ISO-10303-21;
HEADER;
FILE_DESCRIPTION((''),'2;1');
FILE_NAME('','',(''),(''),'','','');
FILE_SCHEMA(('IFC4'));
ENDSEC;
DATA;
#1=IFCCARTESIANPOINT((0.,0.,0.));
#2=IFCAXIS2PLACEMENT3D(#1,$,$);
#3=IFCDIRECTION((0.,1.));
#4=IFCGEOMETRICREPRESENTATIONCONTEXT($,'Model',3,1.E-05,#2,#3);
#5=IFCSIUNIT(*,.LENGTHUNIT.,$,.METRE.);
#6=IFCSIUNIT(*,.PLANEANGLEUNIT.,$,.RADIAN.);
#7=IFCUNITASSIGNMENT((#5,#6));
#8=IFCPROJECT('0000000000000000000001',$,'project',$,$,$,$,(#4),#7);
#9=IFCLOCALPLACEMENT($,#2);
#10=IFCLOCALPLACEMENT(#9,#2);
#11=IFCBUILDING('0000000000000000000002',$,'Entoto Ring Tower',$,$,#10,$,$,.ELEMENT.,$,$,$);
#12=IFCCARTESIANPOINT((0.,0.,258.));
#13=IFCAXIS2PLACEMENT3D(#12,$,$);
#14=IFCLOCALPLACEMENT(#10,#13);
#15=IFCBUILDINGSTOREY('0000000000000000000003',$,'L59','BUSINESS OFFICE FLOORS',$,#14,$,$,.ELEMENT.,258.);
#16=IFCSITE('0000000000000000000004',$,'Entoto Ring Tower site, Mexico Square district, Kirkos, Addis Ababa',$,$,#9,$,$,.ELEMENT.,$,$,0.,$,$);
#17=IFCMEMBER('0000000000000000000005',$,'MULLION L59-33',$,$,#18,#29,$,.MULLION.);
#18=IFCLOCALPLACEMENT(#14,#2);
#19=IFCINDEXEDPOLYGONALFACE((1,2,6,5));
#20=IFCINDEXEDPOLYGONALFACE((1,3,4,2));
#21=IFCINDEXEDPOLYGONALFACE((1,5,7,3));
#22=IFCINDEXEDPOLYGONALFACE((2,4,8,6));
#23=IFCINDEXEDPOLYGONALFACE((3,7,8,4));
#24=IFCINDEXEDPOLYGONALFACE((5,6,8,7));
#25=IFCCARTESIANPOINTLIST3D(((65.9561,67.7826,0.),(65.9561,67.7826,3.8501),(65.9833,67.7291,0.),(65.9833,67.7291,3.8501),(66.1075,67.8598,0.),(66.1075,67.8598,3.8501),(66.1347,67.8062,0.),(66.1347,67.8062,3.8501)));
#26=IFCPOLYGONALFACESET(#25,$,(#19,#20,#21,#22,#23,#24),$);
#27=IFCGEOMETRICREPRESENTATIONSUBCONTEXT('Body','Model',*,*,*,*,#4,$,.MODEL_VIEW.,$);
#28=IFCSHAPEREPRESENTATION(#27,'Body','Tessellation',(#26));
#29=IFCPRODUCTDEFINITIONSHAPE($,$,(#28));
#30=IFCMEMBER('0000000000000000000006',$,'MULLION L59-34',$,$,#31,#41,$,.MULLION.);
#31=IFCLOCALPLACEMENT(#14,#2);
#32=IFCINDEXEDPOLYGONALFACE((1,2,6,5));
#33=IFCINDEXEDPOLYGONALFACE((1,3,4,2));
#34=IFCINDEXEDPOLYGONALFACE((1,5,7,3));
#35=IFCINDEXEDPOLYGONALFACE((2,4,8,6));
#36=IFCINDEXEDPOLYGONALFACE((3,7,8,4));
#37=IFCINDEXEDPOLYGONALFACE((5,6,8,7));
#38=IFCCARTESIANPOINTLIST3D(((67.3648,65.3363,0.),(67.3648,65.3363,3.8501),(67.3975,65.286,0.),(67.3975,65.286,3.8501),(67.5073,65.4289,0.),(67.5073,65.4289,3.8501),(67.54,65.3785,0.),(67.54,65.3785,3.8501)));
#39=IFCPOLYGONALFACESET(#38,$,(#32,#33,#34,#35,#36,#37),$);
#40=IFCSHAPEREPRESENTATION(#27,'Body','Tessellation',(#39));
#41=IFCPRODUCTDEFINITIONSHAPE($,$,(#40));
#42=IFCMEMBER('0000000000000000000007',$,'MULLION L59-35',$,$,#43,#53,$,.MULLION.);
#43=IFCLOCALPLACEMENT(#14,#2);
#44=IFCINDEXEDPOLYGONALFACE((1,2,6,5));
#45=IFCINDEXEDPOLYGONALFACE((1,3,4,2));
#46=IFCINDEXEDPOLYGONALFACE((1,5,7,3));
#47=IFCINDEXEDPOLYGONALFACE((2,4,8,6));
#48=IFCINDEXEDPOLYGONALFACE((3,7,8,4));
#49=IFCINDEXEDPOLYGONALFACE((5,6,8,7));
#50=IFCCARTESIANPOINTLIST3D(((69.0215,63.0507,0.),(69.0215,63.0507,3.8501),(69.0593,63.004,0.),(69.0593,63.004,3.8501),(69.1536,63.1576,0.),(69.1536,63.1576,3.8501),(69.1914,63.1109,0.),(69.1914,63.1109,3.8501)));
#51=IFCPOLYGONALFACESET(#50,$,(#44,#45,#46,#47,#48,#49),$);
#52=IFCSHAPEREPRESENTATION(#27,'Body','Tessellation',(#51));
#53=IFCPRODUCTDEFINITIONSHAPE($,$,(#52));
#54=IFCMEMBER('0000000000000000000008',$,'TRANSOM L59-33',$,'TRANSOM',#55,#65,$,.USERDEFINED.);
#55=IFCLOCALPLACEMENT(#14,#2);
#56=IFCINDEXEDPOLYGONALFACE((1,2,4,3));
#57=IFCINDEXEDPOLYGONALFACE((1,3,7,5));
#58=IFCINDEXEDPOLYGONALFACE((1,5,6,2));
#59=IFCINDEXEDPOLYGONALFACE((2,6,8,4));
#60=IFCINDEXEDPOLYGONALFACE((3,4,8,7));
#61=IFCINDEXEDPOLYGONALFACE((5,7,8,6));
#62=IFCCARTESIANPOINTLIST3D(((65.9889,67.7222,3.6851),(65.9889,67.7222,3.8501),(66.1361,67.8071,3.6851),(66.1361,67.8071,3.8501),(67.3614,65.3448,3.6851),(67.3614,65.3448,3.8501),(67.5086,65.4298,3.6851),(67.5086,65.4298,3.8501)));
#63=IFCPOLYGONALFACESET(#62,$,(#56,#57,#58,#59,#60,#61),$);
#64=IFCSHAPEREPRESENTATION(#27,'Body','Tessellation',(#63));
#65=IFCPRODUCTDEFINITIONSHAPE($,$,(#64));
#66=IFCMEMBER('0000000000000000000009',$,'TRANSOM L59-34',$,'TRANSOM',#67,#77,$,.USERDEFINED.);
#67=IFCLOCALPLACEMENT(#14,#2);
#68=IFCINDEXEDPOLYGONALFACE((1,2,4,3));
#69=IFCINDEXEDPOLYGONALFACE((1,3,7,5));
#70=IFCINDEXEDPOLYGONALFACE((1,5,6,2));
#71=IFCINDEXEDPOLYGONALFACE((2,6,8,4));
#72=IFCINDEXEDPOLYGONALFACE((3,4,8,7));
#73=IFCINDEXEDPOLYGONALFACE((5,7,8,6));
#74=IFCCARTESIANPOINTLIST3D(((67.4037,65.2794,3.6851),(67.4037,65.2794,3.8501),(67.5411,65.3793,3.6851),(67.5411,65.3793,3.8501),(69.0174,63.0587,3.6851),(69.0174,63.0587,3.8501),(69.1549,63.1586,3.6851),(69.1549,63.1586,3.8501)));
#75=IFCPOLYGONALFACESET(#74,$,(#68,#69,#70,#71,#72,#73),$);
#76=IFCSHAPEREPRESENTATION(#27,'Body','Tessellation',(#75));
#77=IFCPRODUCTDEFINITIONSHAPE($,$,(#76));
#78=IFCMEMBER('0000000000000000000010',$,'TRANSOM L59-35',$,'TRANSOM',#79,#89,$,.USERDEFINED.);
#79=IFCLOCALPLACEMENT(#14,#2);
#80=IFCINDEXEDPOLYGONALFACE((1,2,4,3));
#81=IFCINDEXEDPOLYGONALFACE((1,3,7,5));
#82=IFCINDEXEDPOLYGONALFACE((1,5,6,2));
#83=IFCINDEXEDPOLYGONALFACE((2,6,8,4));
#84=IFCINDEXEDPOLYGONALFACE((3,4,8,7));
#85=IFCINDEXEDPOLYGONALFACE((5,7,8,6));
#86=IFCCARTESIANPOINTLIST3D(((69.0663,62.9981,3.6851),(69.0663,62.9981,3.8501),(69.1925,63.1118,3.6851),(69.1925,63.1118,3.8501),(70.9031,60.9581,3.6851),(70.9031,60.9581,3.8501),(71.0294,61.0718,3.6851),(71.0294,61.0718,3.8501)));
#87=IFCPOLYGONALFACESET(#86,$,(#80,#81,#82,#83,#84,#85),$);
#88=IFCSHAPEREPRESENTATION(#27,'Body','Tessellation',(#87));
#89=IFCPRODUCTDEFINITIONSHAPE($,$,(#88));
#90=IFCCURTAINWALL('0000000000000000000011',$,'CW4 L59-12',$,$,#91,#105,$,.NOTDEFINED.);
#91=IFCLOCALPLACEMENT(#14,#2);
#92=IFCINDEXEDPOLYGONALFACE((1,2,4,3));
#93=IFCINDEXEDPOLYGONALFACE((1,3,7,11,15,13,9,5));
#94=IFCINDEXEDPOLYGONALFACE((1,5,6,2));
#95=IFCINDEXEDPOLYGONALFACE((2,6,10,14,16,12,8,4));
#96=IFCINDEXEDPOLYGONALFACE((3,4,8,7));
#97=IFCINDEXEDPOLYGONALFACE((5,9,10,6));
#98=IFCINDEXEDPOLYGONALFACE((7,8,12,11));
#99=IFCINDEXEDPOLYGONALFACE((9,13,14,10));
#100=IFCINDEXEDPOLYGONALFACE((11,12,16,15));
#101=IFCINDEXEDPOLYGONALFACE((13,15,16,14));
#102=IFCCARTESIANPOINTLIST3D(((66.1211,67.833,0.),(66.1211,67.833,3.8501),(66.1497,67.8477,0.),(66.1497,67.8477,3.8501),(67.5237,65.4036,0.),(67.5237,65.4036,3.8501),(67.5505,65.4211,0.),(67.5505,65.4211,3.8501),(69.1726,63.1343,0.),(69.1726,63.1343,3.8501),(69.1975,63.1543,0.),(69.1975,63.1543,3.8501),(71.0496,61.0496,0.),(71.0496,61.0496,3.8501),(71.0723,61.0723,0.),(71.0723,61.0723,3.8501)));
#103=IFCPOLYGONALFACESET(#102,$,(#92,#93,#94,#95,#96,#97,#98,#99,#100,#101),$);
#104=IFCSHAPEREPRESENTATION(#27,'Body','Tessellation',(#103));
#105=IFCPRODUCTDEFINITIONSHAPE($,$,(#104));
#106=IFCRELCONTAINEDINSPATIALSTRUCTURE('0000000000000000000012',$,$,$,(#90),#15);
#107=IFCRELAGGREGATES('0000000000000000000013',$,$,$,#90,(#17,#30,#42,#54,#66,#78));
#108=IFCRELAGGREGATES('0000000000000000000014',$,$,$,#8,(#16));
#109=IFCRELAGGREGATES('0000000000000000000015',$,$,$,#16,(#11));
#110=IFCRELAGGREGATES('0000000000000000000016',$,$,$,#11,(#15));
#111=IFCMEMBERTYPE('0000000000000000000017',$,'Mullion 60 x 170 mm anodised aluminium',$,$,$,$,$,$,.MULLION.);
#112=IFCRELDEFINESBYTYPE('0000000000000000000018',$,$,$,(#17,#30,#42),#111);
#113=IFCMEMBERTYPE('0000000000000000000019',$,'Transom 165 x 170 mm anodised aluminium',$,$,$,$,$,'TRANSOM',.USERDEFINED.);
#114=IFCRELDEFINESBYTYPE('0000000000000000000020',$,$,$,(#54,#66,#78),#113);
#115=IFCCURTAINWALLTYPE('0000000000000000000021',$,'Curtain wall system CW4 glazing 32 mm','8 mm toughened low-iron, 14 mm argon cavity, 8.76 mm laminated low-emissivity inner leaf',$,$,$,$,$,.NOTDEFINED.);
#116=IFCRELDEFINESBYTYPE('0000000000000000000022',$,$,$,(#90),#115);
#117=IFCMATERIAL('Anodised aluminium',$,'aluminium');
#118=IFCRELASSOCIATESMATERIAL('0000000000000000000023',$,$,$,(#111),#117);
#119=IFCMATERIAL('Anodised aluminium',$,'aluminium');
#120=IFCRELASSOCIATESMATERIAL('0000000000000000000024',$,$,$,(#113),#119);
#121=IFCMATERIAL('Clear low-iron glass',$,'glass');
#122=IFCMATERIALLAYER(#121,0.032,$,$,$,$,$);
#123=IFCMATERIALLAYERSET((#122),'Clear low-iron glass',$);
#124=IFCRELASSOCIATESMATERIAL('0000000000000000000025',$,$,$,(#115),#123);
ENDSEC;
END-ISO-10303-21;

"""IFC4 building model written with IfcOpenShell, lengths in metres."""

from ifc_helpers import new_model, si_unit, direction, frame, origin, origin_2d, place, context, subcontext, project, spatial, polyline, rectangle, outline, extrude, material, layer, layer_set, material_profile, profile_set, type_object, element, aggregate, save


model = new_model("IFC4")

# Units and contexts
model_context = context("Model", 3, precision=1e-05, world=origin(), true_north=direction((0.0, 1.0)))
body_context = subcontext(model_context, "Body", "Model", "MODEL_VIEW")
ifc_project = project(units=[si_unit("LENGTHUNIT", "METRE"), si_unit("PLANEANGLEUNIT", "RADIAN")], contexts=[model_context])

# Members
ifc_material_1 = material(Name="Anodised aluminium", Category="aluminium")
ifc_material_profile_1 = material_profile(ifc_material_1, rectangle(XDim=0.0601, YDim=0.1699, at=origin_2d()), Name="Mullion 60 x 170 mm anodised aluminium")
ifc_profile_set_1 = profile_set([ifc_material_profile_1], Name="Anodised aluminium")
member_type_1 = type_object("IfcMemberType", Name="Mullion 60 x 170 mm anodised aluminium", PredefinedType="MULLION", material=ifc_profile_set_1)
site_placement = place(None, origin())
building_placement = place(site_placement, origin())
storey_placement = place(building_placement, frame((0.0, 0.0, 258.0)))
member_1_placement = place(storey_placement, frame((66.0454, 67.7944, 0.0), z_axis=(0.0, 0.0, 1.0), x_axis=(0.45399, -0.891007, 0.0)))
member_1 = element("IfcMember", 1, at=member_1_placement, type_object=member_type_1, Name="MULLION L59-33", PredefinedType="MULLION", context=body_context, shape_type="SweptSolid", body=[
    extrude(rectangle(XDim=0.0601, YDim=0.1699, at=origin_2d()), origin(), (0.0, 0.0, 1.0), 3.8501),
])
member_2_placement = place(storey_placement, frame((67.4524, 65.3574, 0.0), z_axis=(0.0, 0.0, 1.0), x_axis=(0.544639, -0.838671, 0.0)))
member_2 = element("IfcMember", 2, at=member_2_placement, type_object=member_type_1, Name="MULLION L59-34", PredefinedType="MULLION", context=body_context, shape_type="SweptSolid", body=[
    extrude(rectangle(XDim=0.0601, YDim=0.1699, at=origin_2d()), origin(), (0.0, 0.0, 1.0), 3.8501),
])
member_3_placement = place(storey_placement, frame((69.1064, 63.0808, 0.0), z_axis=(0.0, 0.0, 1.0), x_axis=(0.62932, -0.777146, 0.0)))
member_3 = element("IfcMember", 3, at=member_3_placement, type_object=member_type_1, Name="MULLION L59-35", PredefinedType="MULLION", context=body_context, shape_type="SweptSolid", body=[
    extrude(rectangle(XDim=0.0601, YDim=0.1699, at=origin_2d()), origin(), (0.0, 0.0, 1.0), 3.8501),
])
ifc_material_2 = material(Name="Anodised aluminium", Category="aluminium")
ifc_material_profile_2 = material_profile(ifc_material_2, rectangle(XDim=0.1699, YDim=0.165, at=origin_2d()), Name="Transom 165 x 170 mm anodised aluminium")
ifc_profile_set_2 = profile_set([ifc_material_profile_2], Name="Anodised aluminium")
member_type_2 = type_object("IfcMemberType", Name="Transom 165 x 170 mm anodised aluminium", ElementType="TRANSOM", PredefinedType="USERDEFINED", material=ifc_profile_set_2)
member_4_placement = place(storey_placement, frame((66.0625, 67.7646, 3.7676), z_axis=(0.499984, -0.866035, 0.0), x_axis=(0.866035, 0.499984, 0.0)))
member_4 = element("IfcMember", 4, at=member_4_placement, type_object=member_type_2, Name="TRANSOM L59-33", ObjectType="TRANSOM", PredefinedType="USERDEFINED", context=body_context, shape_type="SweptSolid", body=[
    extrude(rectangle(XDim=0.1699, YDim=0.165, at=origin_2d()), origin(), (0.0, 0.0, 1.0), 2.7451),
])
member_5_placement = place(storey_placement, frame((67.4724, 65.3293, 3.7676), z_axis=(0.587865, -0.808959, 0.0), x_axis=(0.808959, 0.587865, 0.0)))
member_5 = element("IfcMember", 5, at=member_5_placement, type_object=member_type_2, Name="TRANSOM L59-34", ObjectType="TRANSOM", PredefinedType="USERDEFINED", context=body_context, shape_type="SweptSolid", body=[
    extrude(rectangle(XDim=0.1699, YDim=0.165, at=origin_2d()), origin(), (0.0, 0.0, 1.0), 2.7451),
])
member_6_placement = place(storey_placement, frame((69.1294, 63.0549, 3.7676), z_axis=(0.669142, -0.743135, 0.0), x_axis=(0.743135, 0.669142, 0.0)))
member_6 = element("IfcMember", 6, at=member_6_placement, type_object=member_type_2, Name="TRANSOM L59-35", ObjectType="TRANSOM", PredefinedType="USERDEFINED", context=body_context, shape_type="SweptSolid", body=[
    extrude(rectangle(XDim=0.1699, YDim=0.165, at=origin_2d()), origin(), (0.0, 0.0, 1.0), 2.7451),
])

# Site, building, storey
site = spatial("IfcSite", under=ifc_project, at=site_placement, Name="Entoto Ring Tower site, Mexico Square district, Kirkos, Addis Ababa", CompositionType="ELEMENT", RefElevation=0.0)
building = spatial("IfcBuilding", under=site, at=building_placement, Name="Entoto Ring Tower", CompositionType="ELEMENT")
storey = spatial("IfcBuildingStorey", under=building, at=storey_placement, Name="L59", Description="BUSINESS OFFICE FLOORS", CompositionType="ELEMENT", Elevation=258.0)

# Curtain wall
ifc_material_3 = material(Name="Clear low-iron glass", Category="glass")
ifc_layer = layer(ifc_material_3, 0.032)
ifc_layer_set = layer_set([ifc_layer], Name="Clear low-iron glass")
curtain_wall_type = type_object("IfcCurtainWallType", Name="Curtain wall system CW4 glazing 32 mm", Description="8 mm toughened low-iron, 14 mm argon cavity, 8.76 mm laminated low-emissivity inner leaf", PredefinedType="NOTDEFINED", material=ifc_layer_set)
curtain_wall_1_placement = place(storey_placement, origin())
curtain_wall_1 = element("IfcCurtainWall", 7, at=curtain_wall_1_placement, inside=storey, type_object=curtain_wall_type, Name="CW4 L59-12", PredefinedType="NOTDEFINED", context=body_context, shape_type="SweptSolid", body=[
    extrude(outline(polyline([(66.1211, 67.833), (67.5237, 65.4036), (69.1726, 63.1343), (71.0496, 61.0496), (71.0723, 61.0723), (69.1975, 63.1543), (67.5505, 65.4211), (66.1497, 67.8477), (66.1211, 67.833)])), origin(), (0.0, 0.0, 1.0), 3.8501),
])
aggregate(curtain_wall_1, [member_1, member_2, member_3, member_4, member_5, member_6])

save(model, "model.ifc")
